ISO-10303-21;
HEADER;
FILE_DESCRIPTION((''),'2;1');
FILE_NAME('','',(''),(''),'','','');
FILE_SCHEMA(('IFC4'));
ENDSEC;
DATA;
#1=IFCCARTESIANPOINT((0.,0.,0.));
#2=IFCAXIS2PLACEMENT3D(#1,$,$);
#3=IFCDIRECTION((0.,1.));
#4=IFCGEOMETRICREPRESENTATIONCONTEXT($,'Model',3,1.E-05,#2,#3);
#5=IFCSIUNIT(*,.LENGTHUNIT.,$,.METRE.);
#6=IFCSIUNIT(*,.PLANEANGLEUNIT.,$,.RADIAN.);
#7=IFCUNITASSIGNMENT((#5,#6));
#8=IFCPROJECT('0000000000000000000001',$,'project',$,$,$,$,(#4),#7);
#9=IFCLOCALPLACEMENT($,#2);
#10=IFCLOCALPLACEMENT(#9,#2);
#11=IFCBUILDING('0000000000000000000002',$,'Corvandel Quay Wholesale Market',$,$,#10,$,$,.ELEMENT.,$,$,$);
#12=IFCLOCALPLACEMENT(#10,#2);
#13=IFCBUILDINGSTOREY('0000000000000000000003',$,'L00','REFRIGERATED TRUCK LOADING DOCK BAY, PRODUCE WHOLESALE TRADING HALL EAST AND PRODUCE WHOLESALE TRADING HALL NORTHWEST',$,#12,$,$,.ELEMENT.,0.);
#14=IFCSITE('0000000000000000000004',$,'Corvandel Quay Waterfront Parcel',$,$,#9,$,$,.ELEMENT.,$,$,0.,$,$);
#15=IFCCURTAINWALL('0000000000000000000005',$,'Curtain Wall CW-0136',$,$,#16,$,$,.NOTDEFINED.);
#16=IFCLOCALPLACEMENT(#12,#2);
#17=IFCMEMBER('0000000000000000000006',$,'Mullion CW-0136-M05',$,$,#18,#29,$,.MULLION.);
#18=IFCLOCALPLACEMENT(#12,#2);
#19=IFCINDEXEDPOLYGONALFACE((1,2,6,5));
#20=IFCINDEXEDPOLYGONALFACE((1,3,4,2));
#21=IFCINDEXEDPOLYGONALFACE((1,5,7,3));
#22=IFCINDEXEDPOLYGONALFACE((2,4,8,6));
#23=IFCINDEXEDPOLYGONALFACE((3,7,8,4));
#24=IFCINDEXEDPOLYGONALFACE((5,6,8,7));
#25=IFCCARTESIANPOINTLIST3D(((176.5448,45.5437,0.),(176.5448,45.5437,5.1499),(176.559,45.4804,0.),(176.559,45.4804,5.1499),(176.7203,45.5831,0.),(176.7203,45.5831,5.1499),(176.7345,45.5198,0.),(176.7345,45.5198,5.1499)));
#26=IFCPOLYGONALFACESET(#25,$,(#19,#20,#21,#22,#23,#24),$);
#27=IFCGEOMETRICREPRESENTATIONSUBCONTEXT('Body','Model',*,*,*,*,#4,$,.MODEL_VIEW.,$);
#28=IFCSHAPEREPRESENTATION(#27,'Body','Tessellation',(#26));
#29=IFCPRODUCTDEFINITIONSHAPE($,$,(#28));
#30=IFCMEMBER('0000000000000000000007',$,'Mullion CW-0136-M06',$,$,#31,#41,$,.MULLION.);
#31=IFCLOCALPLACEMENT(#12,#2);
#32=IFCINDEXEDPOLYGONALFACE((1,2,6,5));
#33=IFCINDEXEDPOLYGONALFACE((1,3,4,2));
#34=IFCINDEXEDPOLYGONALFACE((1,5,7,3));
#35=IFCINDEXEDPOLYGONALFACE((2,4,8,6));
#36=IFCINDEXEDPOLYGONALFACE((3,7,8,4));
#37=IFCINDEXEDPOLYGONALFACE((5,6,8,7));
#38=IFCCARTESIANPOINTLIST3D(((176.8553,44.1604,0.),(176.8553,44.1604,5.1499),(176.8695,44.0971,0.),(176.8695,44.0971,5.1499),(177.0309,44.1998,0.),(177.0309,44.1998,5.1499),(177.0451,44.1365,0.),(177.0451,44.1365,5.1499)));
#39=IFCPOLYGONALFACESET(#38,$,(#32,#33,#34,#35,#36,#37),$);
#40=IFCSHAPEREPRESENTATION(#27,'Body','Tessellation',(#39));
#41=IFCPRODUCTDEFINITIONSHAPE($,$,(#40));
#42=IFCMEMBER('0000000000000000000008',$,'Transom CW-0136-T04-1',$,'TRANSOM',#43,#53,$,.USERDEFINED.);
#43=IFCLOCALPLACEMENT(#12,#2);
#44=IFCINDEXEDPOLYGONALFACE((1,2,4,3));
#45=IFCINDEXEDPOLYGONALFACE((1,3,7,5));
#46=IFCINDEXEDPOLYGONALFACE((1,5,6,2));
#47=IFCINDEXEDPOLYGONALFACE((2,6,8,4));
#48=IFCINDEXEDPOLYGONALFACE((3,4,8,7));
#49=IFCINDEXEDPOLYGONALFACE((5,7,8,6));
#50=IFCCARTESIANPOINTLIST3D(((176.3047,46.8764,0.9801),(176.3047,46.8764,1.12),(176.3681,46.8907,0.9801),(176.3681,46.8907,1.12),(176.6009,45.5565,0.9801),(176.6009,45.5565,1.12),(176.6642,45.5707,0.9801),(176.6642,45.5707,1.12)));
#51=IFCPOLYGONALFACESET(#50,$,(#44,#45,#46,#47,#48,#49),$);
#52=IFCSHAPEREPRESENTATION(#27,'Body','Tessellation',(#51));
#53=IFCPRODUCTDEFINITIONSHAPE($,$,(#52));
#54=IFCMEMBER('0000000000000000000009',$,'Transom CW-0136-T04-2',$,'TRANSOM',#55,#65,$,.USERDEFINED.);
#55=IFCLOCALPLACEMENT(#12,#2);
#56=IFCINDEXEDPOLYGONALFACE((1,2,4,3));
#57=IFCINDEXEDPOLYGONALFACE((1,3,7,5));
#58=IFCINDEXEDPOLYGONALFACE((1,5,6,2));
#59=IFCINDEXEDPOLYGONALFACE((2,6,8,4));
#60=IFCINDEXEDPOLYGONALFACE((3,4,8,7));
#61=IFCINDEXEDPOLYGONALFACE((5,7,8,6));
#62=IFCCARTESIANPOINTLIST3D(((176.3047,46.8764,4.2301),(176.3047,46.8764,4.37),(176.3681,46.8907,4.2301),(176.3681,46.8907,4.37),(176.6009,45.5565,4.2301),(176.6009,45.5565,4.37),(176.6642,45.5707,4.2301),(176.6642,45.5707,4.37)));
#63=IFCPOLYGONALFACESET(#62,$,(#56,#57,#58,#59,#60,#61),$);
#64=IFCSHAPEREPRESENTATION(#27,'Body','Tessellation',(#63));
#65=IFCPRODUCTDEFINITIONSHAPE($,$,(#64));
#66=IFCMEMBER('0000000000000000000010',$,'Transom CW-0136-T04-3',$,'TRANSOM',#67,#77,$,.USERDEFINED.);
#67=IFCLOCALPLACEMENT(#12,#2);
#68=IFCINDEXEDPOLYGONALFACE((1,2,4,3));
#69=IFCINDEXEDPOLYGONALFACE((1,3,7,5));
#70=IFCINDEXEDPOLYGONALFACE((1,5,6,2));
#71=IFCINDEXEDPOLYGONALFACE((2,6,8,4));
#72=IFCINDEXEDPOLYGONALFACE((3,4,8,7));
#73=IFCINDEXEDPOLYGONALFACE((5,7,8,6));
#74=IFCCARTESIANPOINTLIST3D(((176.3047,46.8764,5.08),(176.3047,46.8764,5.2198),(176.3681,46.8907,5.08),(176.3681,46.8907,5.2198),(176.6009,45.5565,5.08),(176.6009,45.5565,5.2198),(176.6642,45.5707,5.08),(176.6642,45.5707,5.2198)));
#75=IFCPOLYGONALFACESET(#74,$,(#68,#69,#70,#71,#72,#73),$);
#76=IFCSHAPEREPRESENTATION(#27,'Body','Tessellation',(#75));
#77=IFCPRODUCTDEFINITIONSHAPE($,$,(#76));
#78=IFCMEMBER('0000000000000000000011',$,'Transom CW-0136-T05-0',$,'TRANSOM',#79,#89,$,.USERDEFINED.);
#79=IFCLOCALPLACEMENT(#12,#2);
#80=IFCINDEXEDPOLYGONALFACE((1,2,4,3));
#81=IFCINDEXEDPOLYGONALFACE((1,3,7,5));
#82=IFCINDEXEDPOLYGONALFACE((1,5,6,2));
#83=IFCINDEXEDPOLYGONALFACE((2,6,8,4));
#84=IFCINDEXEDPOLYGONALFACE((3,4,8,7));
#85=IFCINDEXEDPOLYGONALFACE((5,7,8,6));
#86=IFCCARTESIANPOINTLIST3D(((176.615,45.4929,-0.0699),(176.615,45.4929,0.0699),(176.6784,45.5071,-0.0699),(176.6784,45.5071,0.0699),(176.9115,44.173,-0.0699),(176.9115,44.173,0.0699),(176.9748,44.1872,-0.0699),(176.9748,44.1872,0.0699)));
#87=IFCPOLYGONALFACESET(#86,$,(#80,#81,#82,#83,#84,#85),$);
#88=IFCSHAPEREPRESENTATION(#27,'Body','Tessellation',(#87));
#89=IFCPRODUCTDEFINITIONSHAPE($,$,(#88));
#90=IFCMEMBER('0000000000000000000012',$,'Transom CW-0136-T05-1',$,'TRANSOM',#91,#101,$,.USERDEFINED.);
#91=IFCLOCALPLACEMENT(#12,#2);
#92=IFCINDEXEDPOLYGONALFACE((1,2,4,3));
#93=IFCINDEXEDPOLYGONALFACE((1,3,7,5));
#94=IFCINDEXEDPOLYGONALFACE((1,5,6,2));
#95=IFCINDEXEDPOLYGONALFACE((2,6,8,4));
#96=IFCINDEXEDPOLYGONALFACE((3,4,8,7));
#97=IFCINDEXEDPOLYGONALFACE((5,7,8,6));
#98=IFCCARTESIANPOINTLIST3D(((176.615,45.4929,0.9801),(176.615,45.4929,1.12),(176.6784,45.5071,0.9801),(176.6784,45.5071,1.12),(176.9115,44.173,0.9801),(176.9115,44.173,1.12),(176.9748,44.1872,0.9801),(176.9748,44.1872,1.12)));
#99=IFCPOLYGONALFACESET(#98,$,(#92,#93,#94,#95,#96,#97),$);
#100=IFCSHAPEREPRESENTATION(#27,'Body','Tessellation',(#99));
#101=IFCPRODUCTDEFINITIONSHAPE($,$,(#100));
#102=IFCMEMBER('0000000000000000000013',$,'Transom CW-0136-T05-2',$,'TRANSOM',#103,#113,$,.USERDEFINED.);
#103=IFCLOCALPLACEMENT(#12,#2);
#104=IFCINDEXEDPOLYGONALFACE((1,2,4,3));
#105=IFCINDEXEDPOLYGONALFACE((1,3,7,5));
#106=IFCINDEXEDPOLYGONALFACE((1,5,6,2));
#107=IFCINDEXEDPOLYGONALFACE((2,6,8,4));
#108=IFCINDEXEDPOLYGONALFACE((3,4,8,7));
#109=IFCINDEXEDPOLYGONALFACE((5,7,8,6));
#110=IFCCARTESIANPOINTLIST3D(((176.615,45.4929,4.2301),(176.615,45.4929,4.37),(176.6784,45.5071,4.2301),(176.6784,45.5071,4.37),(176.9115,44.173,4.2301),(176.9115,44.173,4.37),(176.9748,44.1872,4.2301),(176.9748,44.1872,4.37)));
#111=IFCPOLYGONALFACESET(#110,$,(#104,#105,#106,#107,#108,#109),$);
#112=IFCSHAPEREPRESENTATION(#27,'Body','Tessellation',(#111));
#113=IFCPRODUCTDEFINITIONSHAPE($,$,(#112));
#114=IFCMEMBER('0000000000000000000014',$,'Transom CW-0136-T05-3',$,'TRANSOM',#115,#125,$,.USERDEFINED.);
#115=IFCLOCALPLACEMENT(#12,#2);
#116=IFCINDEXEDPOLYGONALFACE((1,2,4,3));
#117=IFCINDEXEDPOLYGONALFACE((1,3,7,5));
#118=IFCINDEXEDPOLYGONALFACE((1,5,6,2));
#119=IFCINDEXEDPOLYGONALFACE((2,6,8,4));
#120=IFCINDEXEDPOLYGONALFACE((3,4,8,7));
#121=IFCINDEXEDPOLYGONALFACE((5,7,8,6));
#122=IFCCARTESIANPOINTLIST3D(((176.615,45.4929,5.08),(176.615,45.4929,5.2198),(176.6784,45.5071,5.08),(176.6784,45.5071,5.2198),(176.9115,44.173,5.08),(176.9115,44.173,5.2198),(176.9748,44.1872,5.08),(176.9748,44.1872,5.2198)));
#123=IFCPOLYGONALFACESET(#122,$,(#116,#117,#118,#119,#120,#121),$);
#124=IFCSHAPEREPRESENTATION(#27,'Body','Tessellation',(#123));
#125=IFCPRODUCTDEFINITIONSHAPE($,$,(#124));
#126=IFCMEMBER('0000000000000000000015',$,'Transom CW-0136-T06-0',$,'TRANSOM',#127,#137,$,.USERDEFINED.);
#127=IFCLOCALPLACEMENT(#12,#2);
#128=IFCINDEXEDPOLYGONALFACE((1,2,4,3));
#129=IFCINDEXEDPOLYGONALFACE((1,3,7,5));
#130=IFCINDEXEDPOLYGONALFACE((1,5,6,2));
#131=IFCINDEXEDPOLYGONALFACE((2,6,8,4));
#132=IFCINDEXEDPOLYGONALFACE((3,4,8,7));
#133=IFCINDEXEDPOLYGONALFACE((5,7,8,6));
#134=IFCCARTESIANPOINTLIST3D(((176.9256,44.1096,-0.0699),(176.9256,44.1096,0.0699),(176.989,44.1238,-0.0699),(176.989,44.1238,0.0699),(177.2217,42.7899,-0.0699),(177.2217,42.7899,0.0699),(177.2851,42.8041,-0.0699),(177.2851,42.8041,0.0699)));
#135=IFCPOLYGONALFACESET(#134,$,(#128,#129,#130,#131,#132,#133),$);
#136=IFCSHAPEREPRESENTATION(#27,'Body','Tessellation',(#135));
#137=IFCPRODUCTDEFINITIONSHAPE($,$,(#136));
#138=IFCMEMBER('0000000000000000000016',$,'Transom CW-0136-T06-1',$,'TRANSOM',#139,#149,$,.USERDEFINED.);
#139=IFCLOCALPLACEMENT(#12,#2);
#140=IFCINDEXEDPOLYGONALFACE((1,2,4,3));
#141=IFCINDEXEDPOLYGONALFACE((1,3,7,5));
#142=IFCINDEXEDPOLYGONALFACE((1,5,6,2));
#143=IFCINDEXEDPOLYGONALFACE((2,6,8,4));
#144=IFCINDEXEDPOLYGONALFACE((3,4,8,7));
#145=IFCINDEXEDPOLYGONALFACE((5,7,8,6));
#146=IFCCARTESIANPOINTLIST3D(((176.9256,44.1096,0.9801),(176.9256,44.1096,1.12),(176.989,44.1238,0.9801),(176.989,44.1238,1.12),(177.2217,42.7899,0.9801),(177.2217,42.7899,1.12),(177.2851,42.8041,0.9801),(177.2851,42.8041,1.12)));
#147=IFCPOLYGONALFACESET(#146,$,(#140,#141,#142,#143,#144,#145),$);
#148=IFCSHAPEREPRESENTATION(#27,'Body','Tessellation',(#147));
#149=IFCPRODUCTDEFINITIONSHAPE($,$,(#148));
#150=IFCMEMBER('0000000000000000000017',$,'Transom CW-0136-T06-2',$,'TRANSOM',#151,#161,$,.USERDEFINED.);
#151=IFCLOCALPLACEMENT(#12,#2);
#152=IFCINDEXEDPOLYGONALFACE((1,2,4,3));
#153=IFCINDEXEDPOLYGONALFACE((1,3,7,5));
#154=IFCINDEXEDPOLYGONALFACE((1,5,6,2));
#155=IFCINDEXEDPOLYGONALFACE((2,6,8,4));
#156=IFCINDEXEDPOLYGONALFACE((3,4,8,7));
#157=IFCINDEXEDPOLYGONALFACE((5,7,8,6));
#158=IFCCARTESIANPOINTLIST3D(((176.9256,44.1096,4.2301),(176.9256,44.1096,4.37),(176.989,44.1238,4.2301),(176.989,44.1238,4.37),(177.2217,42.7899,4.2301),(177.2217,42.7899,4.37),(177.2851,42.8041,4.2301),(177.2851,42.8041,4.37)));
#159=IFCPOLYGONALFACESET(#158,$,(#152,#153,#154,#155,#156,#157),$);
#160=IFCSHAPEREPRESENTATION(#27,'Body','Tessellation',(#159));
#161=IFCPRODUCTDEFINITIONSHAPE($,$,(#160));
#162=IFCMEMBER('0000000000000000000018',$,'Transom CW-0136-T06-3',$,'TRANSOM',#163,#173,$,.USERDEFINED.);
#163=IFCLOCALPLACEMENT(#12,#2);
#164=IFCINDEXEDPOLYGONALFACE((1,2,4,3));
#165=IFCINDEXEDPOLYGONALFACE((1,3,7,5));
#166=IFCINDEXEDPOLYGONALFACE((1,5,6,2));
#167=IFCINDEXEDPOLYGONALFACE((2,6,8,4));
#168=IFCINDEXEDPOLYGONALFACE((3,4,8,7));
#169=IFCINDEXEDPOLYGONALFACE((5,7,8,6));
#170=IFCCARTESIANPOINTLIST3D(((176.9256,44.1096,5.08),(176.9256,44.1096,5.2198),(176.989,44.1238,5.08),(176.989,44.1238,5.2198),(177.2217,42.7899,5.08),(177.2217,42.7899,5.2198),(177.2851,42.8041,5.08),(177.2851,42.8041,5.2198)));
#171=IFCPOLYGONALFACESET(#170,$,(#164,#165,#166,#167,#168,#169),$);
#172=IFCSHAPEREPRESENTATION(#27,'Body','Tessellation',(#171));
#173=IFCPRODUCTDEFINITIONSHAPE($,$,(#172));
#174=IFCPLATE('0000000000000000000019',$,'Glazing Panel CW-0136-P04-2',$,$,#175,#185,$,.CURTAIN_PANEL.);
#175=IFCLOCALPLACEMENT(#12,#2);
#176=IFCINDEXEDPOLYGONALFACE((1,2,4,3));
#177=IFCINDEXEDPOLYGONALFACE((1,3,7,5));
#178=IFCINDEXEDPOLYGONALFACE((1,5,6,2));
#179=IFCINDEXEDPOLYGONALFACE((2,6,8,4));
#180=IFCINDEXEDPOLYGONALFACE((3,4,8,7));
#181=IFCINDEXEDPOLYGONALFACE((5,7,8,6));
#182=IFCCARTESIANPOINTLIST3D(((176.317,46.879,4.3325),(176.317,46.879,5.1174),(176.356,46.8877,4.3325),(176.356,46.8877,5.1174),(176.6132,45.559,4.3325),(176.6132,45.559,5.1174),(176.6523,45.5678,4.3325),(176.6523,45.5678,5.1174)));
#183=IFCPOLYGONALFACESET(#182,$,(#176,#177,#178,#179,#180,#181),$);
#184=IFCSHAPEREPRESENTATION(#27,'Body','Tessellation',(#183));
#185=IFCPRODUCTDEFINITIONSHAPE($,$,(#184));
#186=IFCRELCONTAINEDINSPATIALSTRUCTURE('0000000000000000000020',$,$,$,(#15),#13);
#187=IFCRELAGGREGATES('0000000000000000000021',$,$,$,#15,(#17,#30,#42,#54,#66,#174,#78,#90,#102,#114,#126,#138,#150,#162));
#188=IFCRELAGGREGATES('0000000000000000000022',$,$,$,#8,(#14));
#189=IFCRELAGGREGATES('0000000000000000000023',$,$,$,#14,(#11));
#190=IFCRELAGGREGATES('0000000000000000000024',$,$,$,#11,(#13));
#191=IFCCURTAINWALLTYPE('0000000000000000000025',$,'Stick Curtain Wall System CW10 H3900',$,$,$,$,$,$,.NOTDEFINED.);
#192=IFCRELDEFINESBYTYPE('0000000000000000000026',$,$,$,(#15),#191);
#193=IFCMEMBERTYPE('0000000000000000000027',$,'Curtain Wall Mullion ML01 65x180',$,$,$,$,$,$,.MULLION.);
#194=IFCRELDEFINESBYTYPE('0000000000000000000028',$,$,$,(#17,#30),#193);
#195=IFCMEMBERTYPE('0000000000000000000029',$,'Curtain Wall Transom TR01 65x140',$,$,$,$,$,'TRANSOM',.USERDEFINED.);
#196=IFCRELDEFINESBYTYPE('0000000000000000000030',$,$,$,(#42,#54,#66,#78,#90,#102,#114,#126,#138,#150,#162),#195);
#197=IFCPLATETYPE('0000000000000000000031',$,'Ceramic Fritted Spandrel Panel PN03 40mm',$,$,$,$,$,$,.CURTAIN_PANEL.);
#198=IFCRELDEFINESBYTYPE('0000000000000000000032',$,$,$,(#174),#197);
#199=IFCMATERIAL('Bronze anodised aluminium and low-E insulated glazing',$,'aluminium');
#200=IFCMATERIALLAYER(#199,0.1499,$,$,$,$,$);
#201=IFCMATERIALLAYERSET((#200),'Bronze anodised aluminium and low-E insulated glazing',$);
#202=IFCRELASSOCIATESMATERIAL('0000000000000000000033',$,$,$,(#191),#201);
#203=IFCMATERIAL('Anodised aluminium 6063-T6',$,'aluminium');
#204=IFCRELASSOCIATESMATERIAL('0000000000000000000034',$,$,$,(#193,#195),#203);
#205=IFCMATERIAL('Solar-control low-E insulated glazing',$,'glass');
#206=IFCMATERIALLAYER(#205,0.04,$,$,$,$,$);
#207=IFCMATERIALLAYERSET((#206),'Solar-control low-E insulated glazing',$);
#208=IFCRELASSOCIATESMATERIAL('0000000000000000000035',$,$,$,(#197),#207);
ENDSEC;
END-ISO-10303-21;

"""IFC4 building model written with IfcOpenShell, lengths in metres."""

from ifc_helpers import new_model, si_unit, direction, frame, origin, origin_2d, place, context, subcontext, project, spatial, rectangle, extrude, material, layer, layer_set, material_profile, profile_set, type_object, element, aggregate, save


model = new_model("IFC4")

# Units and contexts
model_context = context("Model", 3, precision=1e-05, world=origin(), true_north=direction((0.0, 1.0)))
body_context = subcontext(model_context, "Body", "Model", "MODEL_VIEW")
ifc_project = project(units=[si_unit("LENGTHUNIT", "METRE"), si_unit("PLANEANGLEUNIT", "RADIAN")], contexts=[model_context])

# Site, building, storey
site_placement = place(None, origin())
site = spatial("IfcSite", under=ifc_project, at=site_placement, Name="Corvandel Quay Waterfront Parcel", CompositionType="ELEMENT", RefElevation=0.0)
building_placement = place(site_placement, origin())
building = spatial("IfcBuilding", under=site, at=building_placement, Name="Corvandel Quay Wholesale Market", CompositionType="ELEMENT")
storey_placement = place(building_placement, origin())
storey = spatial("IfcBuildingStorey", under=building, at=storey_placement, Name="L00", Description="REFRIGERATED TRUCK LOADING DOCK BAY, PRODUCE WHOLESALE TRADING HALL EAST AND PRODUCE WHOLESALE TRADING HALL NORTHWEST", CompositionType="ELEMENT", Elevation=0.0)

# Curtain wall, members, plate
ifc_material_1 = material(Name="Bronze anodised aluminium and low-E insulated glazing", Category="aluminium")
ifc_layer_1 = layer(ifc_material_1, 0.1499)
ifc_layer_set_1 = layer_set([ifc_layer_1], Name="Bronze anodised aluminium and low-E insulated glazing")
curtain_wall_type = type_object("IfcCurtainWallType", Name="Stick Curtain Wall System CW10 H3900", PredefinedType="NOTDEFINED", material=ifc_layer_set_1)
curtain_wall_placement = place(storey_placement, origin())
curtain_wall = element("IfcCurtainWall", 1, at=curtain_wall_placement, inside=storey, type_object=curtain_wall_type, Name="Curtain Wall CW-0136", PredefinedType="NOTDEFINED")
ifc_material_2 = material(Name="Anodised aluminium 6063-T6", Category="aluminium")
ifc_material_profile_1 = material_profile(ifc_material_2, rectangle(XDim=0.0649, YDim=0.1799, at=origin_2d()), Name="ALU-MUL-65x180")
ifc_profile_set_1 = profile_set([ifc_material_profile_1], Name="Anodised aluminium 6063-T6")
member_type_1 = type_object("IfcMemberType", Name="Curtain Wall Mullion ML01 65x180", PredefinedType="MULLION", material=ifc_profile_set_1)
member_1_placement = place(storey_placement, frame((176.6396, 45.5317, 0.0), z_axis=(0.0, 0.0, 1.0), x_axis=(-0.218995, 0.975726, 0.0)))
member_1 = element("IfcMember", 2, at=member_1_placement, type_object=member_type_1, Name="Mullion CW-0136-M05", PredefinedType="MULLION", context=body_context, shape_type="SweptSolid", body=[
    extrude(rectangle(XDim=0.0649, YDim=0.1799, at=origin_2d()), origin(), (0.0, 0.0, 1.0), 5.1499),
])
member_2_placement = place(storey_placement, frame((176.9502, 44.1484, 0.0), z_axis=(0.0, 0.0, 1.0), x_axis=(-0.218995, 0.975726, 0.0)))
member_2 = element("IfcMember", 3, at=member_2_placement, type_object=member_type_1, Name="Mullion CW-0136-M06", PredefinedType="MULLION", context=body_context, shape_type="SweptSolid", body=[
    extrude(rectangle(XDim=0.0649, YDim=0.1799, at=origin_2d()), origin(), (0.0, 0.0, 1.0), 5.1499),
])
ifc_material_profile_2 = material_profile(ifc_material_2, rectangle(XDim=0.0649, YDim=0.1399, at=origin_2d()), Name="ALU-TRN-65x140")
ifc_profile_set_2 = profile_set([ifc_material_profile_2], Name="Anodised aluminium 6063-T6")
member_type_2 = type_object("IfcMemberType", Name="Curtain Wall Transom TR01 65x140", ElementType="TRANSOM", PredefinedType="USERDEFINED", material=ifc_profile_set_2)
member_3_placement = place(storey_placement, frame((176.3364, 46.8835, 1.05), z_axis=(0.218898, -0.975748, 0.0), x_axis=(0.975748, 0.218898, 0.0)))
member_3 = element("IfcMember", 4, at=member_3_placement, type_object=member_type_2, Name="Transom CW-0136-T04-1", ObjectType="TRANSOM", PredefinedType="USERDEFINED", context=body_context, shape_type="SweptSolid", body=[
    extrude(rectangle(XDim=0.0649, YDim=0.1399, at=origin_2d()), origin(), (0.0, 0.0, 1.0), 1.3528),
])
member_4_placement = place(storey_placement, frame((176.3364, 46.8835, 4.3), z_axis=(0.218898, -0.975748, 0.0), x_axis=(0.975748, 0.218898, 0.0)))
member_4 = element("IfcMember", 5, at=member_4_placement, type_object=member_type_2, Name="Transom CW-0136-T04-2", ObjectType="TRANSOM", PredefinedType="USERDEFINED", context=body_context, shape_type="SweptSolid", body=[
    extrude(rectangle(XDim=0.0649, YDim=0.1399, at=origin_2d()), origin(), (0.0, 0.0, 1.0), 1.3528),
])
member_5_placement = place(storey_placement, frame((176.3364, 46.8835, 5.1499), z_axis=(0.218898, -0.975748, 0.0), x_axis=(0.975748, 0.218898, 0.0)))
member_5 = element("IfcMember", 6, at=member_5_placement, type_object=member_type_2, Name="Transom CW-0136-T04-3", ObjectType="TRANSOM", PredefinedType="USERDEFINED", context=body_context, shape_type="SweptSolid", body=[
    extrude(rectangle(XDim=0.0649, YDim=0.1399, at=origin_2d()), origin(), (0.0, 0.0, 1.0), 1.3528),
])
member_6_placement = place(storey_placement, frame((176.6467, 45.5, 0.0), z_axis=(0.219108, -0.975701, 0.0), x_axis=(0.975701, 0.219108, 0.0)))
member_6 = element("IfcMember", 7, at=member_6_placement, type_object=member_type_2, Name="Transom CW-0136-T05-0", ObjectType="TRANSOM", PredefinedType="USERDEFINED", context=body_context, shape_type="SweptSolid", body=[
    extrude(rectangle(XDim=0.0649, YDim=0.1399, at=origin_2d()), origin(), (0.0, 0.0, 1.0), 1.3528),
])
member_7_placement = place(storey_placement, frame((176.6467, 45.5, 1.05), z_axis=(0.219108, -0.975701, 0.0), x_axis=(0.975701, 0.219108, 0.0)))
member_7 = element("IfcMember", 8, at=member_7_placement, type_object=member_type_2, Name="Transom CW-0136-T05-1", ObjectType="TRANSOM", PredefinedType="USERDEFINED", context=body_context, shape_type="SweptSolid", body=[
    extrude(rectangle(XDim=0.0649, YDim=0.1399, at=origin_2d()), origin(), (0.0, 0.0, 1.0), 1.3528),
])
member_8_placement = place(storey_placement, frame((176.6467, 45.5, 4.3), z_axis=(0.219108, -0.975701, 0.0), x_axis=(0.975701, 0.219108, 0.0)))
member_8 = element("IfcMember", 9, at=member_8_placement, type_object=member_type_2, Name="Transom CW-0136-T05-2", ObjectType="TRANSOM", PredefinedType="USERDEFINED", context=body_context, shape_type="SweptSolid", body=[
    extrude(rectangle(XDim=0.0649, YDim=0.1399, at=origin_2d()), origin(), (0.0, 0.0, 1.0), 1.3528),
])
member_9_placement = place(storey_placement, frame((176.6467, 45.5, 5.1499), z_axis=(0.219108, -0.975701, 0.0), x_axis=(0.975701, 0.219108, 0.0)))
member_9 = element("IfcMember", 10, at=member_9_placement, type_object=member_type_2, Name="Transom CW-0136-T05-3", ObjectType="TRANSOM", PredefinedType="USERDEFINED", context=body_context, shape_type="SweptSolid", body=[
    extrude(rectangle(XDim=0.0649, YDim=0.1399, at=origin_2d()), origin(), (0.0, 0.0, 1.0), 1.3528),
])
member_10_placement = place(storey_placement, frame((176.9573, 44.1167, 0.0), z_axis=(0.218937, -0.975739, 0.0), x_axis=(0.975739, 0.218937, 0.0)))
member_10 = element("IfcMember", 11, at=member_10_placement, type_object=member_type_2, Name="Transom CW-0136-T06-0", ObjectType="TRANSOM", PredefinedType="USERDEFINED", context=body_context, shape_type="SweptSolid", body=[
    extrude(rectangle(XDim=0.0649, YDim=0.1399, at=origin_2d()), origin(), (0.0, 0.0, 1.0), 1.3525),
])
member_11_placement = place(storey_placement, frame((176.9573, 44.1167, 1.05), z_axis=(0.218937, -0.975739, 0.0), x_axis=(0.975739, 0.218937, 0.0)))
member_11 = element("IfcMember", 12, at=member_11_placement, type_object=member_type_2, Name="Transom CW-0136-T06-1", ObjectType="TRANSOM", PredefinedType="USERDEFINED", context=body_context, shape_type="SweptSolid", body=[
    extrude(rectangle(XDim=0.0649, YDim=0.1399, at=origin_2d()), origin(), (0.0, 0.0, 1.0), 1.3525),
])
member_12_placement = place(storey_placement, frame((176.9573, 44.1167, 4.3), z_axis=(0.218937, -0.975739, 0.0), x_axis=(0.975739, 0.218937, 0.0)))
member_12 = element("IfcMember", 13, at=member_12_placement, type_object=member_type_2, Name="Transom CW-0136-T06-2", ObjectType="TRANSOM", PredefinedType="USERDEFINED", context=body_context, shape_type="SweptSolid", body=[
    extrude(rectangle(XDim=0.0649, YDim=0.1399, at=origin_2d()), origin(), (0.0, 0.0, 1.0), 1.3525),
])
member_13_placement = place(storey_placement, frame((176.9573, 44.1167, 5.1499), z_axis=(0.218937, -0.975739, 0.0), x_axis=(0.975739, 0.218937, 0.0)))
member_13 = element("IfcMember", 14, at=member_13_placement, type_object=member_type_2, Name="Transom CW-0136-T06-3", ObjectType="TRANSOM", PredefinedType="USERDEFINED", context=body_context, shape_type="SweptSolid", body=[
    extrude(rectangle(XDim=0.0649, YDim=0.1399, at=origin_2d()), origin(), (0.0, 0.0, 1.0), 1.3525),
])
ifc_material_3 = material(Name="Solar-control low-E insulated glazing", Category="glass")
ifc_layer_2 = layer(ifc_material_3, 0.04)
ifc_layer_set_2 = layer_set([ifc_layer_2], Name="Solar-control low-E insulated glazing")
plate_type_1 = type_object("IfcPlateType", Name="Ceramic Fritted Spandrel Panel PN03 40mm", PredefinedType="CURTAIN_PANEL", material=ifc_layer_set_2)
plate_1_placement = place(storey_placement, frame((176.4846, 46.2234, 4.3325), z_axis=(0.0, 0.0, 1.0), x_axis=(-0.218995, 0.975726, 0.0)))
plate_1 = element("IfcPlate", 15, at=plate_1_placement, type_object=plate_type_1, Name="Glazing Panel CW-0136-P04-2", PredefinedType="CURTAIN_PANEL", context=body_context, shape_type="SweptSolid", body=[
    extrude(rectangle(XDim=1.3528, YDim=0.04, at=origin_2d()), origin(), (0.0, 0.0, 1.0), 0.7849),
])
aggregate(curtain_wall, [member_1, member_2, member_3, member_4, member_5, plate_1, member_6, member_7, member_8, member_9, member_10, member_11, member_12, member_13])

save(model, "model.ifc")
